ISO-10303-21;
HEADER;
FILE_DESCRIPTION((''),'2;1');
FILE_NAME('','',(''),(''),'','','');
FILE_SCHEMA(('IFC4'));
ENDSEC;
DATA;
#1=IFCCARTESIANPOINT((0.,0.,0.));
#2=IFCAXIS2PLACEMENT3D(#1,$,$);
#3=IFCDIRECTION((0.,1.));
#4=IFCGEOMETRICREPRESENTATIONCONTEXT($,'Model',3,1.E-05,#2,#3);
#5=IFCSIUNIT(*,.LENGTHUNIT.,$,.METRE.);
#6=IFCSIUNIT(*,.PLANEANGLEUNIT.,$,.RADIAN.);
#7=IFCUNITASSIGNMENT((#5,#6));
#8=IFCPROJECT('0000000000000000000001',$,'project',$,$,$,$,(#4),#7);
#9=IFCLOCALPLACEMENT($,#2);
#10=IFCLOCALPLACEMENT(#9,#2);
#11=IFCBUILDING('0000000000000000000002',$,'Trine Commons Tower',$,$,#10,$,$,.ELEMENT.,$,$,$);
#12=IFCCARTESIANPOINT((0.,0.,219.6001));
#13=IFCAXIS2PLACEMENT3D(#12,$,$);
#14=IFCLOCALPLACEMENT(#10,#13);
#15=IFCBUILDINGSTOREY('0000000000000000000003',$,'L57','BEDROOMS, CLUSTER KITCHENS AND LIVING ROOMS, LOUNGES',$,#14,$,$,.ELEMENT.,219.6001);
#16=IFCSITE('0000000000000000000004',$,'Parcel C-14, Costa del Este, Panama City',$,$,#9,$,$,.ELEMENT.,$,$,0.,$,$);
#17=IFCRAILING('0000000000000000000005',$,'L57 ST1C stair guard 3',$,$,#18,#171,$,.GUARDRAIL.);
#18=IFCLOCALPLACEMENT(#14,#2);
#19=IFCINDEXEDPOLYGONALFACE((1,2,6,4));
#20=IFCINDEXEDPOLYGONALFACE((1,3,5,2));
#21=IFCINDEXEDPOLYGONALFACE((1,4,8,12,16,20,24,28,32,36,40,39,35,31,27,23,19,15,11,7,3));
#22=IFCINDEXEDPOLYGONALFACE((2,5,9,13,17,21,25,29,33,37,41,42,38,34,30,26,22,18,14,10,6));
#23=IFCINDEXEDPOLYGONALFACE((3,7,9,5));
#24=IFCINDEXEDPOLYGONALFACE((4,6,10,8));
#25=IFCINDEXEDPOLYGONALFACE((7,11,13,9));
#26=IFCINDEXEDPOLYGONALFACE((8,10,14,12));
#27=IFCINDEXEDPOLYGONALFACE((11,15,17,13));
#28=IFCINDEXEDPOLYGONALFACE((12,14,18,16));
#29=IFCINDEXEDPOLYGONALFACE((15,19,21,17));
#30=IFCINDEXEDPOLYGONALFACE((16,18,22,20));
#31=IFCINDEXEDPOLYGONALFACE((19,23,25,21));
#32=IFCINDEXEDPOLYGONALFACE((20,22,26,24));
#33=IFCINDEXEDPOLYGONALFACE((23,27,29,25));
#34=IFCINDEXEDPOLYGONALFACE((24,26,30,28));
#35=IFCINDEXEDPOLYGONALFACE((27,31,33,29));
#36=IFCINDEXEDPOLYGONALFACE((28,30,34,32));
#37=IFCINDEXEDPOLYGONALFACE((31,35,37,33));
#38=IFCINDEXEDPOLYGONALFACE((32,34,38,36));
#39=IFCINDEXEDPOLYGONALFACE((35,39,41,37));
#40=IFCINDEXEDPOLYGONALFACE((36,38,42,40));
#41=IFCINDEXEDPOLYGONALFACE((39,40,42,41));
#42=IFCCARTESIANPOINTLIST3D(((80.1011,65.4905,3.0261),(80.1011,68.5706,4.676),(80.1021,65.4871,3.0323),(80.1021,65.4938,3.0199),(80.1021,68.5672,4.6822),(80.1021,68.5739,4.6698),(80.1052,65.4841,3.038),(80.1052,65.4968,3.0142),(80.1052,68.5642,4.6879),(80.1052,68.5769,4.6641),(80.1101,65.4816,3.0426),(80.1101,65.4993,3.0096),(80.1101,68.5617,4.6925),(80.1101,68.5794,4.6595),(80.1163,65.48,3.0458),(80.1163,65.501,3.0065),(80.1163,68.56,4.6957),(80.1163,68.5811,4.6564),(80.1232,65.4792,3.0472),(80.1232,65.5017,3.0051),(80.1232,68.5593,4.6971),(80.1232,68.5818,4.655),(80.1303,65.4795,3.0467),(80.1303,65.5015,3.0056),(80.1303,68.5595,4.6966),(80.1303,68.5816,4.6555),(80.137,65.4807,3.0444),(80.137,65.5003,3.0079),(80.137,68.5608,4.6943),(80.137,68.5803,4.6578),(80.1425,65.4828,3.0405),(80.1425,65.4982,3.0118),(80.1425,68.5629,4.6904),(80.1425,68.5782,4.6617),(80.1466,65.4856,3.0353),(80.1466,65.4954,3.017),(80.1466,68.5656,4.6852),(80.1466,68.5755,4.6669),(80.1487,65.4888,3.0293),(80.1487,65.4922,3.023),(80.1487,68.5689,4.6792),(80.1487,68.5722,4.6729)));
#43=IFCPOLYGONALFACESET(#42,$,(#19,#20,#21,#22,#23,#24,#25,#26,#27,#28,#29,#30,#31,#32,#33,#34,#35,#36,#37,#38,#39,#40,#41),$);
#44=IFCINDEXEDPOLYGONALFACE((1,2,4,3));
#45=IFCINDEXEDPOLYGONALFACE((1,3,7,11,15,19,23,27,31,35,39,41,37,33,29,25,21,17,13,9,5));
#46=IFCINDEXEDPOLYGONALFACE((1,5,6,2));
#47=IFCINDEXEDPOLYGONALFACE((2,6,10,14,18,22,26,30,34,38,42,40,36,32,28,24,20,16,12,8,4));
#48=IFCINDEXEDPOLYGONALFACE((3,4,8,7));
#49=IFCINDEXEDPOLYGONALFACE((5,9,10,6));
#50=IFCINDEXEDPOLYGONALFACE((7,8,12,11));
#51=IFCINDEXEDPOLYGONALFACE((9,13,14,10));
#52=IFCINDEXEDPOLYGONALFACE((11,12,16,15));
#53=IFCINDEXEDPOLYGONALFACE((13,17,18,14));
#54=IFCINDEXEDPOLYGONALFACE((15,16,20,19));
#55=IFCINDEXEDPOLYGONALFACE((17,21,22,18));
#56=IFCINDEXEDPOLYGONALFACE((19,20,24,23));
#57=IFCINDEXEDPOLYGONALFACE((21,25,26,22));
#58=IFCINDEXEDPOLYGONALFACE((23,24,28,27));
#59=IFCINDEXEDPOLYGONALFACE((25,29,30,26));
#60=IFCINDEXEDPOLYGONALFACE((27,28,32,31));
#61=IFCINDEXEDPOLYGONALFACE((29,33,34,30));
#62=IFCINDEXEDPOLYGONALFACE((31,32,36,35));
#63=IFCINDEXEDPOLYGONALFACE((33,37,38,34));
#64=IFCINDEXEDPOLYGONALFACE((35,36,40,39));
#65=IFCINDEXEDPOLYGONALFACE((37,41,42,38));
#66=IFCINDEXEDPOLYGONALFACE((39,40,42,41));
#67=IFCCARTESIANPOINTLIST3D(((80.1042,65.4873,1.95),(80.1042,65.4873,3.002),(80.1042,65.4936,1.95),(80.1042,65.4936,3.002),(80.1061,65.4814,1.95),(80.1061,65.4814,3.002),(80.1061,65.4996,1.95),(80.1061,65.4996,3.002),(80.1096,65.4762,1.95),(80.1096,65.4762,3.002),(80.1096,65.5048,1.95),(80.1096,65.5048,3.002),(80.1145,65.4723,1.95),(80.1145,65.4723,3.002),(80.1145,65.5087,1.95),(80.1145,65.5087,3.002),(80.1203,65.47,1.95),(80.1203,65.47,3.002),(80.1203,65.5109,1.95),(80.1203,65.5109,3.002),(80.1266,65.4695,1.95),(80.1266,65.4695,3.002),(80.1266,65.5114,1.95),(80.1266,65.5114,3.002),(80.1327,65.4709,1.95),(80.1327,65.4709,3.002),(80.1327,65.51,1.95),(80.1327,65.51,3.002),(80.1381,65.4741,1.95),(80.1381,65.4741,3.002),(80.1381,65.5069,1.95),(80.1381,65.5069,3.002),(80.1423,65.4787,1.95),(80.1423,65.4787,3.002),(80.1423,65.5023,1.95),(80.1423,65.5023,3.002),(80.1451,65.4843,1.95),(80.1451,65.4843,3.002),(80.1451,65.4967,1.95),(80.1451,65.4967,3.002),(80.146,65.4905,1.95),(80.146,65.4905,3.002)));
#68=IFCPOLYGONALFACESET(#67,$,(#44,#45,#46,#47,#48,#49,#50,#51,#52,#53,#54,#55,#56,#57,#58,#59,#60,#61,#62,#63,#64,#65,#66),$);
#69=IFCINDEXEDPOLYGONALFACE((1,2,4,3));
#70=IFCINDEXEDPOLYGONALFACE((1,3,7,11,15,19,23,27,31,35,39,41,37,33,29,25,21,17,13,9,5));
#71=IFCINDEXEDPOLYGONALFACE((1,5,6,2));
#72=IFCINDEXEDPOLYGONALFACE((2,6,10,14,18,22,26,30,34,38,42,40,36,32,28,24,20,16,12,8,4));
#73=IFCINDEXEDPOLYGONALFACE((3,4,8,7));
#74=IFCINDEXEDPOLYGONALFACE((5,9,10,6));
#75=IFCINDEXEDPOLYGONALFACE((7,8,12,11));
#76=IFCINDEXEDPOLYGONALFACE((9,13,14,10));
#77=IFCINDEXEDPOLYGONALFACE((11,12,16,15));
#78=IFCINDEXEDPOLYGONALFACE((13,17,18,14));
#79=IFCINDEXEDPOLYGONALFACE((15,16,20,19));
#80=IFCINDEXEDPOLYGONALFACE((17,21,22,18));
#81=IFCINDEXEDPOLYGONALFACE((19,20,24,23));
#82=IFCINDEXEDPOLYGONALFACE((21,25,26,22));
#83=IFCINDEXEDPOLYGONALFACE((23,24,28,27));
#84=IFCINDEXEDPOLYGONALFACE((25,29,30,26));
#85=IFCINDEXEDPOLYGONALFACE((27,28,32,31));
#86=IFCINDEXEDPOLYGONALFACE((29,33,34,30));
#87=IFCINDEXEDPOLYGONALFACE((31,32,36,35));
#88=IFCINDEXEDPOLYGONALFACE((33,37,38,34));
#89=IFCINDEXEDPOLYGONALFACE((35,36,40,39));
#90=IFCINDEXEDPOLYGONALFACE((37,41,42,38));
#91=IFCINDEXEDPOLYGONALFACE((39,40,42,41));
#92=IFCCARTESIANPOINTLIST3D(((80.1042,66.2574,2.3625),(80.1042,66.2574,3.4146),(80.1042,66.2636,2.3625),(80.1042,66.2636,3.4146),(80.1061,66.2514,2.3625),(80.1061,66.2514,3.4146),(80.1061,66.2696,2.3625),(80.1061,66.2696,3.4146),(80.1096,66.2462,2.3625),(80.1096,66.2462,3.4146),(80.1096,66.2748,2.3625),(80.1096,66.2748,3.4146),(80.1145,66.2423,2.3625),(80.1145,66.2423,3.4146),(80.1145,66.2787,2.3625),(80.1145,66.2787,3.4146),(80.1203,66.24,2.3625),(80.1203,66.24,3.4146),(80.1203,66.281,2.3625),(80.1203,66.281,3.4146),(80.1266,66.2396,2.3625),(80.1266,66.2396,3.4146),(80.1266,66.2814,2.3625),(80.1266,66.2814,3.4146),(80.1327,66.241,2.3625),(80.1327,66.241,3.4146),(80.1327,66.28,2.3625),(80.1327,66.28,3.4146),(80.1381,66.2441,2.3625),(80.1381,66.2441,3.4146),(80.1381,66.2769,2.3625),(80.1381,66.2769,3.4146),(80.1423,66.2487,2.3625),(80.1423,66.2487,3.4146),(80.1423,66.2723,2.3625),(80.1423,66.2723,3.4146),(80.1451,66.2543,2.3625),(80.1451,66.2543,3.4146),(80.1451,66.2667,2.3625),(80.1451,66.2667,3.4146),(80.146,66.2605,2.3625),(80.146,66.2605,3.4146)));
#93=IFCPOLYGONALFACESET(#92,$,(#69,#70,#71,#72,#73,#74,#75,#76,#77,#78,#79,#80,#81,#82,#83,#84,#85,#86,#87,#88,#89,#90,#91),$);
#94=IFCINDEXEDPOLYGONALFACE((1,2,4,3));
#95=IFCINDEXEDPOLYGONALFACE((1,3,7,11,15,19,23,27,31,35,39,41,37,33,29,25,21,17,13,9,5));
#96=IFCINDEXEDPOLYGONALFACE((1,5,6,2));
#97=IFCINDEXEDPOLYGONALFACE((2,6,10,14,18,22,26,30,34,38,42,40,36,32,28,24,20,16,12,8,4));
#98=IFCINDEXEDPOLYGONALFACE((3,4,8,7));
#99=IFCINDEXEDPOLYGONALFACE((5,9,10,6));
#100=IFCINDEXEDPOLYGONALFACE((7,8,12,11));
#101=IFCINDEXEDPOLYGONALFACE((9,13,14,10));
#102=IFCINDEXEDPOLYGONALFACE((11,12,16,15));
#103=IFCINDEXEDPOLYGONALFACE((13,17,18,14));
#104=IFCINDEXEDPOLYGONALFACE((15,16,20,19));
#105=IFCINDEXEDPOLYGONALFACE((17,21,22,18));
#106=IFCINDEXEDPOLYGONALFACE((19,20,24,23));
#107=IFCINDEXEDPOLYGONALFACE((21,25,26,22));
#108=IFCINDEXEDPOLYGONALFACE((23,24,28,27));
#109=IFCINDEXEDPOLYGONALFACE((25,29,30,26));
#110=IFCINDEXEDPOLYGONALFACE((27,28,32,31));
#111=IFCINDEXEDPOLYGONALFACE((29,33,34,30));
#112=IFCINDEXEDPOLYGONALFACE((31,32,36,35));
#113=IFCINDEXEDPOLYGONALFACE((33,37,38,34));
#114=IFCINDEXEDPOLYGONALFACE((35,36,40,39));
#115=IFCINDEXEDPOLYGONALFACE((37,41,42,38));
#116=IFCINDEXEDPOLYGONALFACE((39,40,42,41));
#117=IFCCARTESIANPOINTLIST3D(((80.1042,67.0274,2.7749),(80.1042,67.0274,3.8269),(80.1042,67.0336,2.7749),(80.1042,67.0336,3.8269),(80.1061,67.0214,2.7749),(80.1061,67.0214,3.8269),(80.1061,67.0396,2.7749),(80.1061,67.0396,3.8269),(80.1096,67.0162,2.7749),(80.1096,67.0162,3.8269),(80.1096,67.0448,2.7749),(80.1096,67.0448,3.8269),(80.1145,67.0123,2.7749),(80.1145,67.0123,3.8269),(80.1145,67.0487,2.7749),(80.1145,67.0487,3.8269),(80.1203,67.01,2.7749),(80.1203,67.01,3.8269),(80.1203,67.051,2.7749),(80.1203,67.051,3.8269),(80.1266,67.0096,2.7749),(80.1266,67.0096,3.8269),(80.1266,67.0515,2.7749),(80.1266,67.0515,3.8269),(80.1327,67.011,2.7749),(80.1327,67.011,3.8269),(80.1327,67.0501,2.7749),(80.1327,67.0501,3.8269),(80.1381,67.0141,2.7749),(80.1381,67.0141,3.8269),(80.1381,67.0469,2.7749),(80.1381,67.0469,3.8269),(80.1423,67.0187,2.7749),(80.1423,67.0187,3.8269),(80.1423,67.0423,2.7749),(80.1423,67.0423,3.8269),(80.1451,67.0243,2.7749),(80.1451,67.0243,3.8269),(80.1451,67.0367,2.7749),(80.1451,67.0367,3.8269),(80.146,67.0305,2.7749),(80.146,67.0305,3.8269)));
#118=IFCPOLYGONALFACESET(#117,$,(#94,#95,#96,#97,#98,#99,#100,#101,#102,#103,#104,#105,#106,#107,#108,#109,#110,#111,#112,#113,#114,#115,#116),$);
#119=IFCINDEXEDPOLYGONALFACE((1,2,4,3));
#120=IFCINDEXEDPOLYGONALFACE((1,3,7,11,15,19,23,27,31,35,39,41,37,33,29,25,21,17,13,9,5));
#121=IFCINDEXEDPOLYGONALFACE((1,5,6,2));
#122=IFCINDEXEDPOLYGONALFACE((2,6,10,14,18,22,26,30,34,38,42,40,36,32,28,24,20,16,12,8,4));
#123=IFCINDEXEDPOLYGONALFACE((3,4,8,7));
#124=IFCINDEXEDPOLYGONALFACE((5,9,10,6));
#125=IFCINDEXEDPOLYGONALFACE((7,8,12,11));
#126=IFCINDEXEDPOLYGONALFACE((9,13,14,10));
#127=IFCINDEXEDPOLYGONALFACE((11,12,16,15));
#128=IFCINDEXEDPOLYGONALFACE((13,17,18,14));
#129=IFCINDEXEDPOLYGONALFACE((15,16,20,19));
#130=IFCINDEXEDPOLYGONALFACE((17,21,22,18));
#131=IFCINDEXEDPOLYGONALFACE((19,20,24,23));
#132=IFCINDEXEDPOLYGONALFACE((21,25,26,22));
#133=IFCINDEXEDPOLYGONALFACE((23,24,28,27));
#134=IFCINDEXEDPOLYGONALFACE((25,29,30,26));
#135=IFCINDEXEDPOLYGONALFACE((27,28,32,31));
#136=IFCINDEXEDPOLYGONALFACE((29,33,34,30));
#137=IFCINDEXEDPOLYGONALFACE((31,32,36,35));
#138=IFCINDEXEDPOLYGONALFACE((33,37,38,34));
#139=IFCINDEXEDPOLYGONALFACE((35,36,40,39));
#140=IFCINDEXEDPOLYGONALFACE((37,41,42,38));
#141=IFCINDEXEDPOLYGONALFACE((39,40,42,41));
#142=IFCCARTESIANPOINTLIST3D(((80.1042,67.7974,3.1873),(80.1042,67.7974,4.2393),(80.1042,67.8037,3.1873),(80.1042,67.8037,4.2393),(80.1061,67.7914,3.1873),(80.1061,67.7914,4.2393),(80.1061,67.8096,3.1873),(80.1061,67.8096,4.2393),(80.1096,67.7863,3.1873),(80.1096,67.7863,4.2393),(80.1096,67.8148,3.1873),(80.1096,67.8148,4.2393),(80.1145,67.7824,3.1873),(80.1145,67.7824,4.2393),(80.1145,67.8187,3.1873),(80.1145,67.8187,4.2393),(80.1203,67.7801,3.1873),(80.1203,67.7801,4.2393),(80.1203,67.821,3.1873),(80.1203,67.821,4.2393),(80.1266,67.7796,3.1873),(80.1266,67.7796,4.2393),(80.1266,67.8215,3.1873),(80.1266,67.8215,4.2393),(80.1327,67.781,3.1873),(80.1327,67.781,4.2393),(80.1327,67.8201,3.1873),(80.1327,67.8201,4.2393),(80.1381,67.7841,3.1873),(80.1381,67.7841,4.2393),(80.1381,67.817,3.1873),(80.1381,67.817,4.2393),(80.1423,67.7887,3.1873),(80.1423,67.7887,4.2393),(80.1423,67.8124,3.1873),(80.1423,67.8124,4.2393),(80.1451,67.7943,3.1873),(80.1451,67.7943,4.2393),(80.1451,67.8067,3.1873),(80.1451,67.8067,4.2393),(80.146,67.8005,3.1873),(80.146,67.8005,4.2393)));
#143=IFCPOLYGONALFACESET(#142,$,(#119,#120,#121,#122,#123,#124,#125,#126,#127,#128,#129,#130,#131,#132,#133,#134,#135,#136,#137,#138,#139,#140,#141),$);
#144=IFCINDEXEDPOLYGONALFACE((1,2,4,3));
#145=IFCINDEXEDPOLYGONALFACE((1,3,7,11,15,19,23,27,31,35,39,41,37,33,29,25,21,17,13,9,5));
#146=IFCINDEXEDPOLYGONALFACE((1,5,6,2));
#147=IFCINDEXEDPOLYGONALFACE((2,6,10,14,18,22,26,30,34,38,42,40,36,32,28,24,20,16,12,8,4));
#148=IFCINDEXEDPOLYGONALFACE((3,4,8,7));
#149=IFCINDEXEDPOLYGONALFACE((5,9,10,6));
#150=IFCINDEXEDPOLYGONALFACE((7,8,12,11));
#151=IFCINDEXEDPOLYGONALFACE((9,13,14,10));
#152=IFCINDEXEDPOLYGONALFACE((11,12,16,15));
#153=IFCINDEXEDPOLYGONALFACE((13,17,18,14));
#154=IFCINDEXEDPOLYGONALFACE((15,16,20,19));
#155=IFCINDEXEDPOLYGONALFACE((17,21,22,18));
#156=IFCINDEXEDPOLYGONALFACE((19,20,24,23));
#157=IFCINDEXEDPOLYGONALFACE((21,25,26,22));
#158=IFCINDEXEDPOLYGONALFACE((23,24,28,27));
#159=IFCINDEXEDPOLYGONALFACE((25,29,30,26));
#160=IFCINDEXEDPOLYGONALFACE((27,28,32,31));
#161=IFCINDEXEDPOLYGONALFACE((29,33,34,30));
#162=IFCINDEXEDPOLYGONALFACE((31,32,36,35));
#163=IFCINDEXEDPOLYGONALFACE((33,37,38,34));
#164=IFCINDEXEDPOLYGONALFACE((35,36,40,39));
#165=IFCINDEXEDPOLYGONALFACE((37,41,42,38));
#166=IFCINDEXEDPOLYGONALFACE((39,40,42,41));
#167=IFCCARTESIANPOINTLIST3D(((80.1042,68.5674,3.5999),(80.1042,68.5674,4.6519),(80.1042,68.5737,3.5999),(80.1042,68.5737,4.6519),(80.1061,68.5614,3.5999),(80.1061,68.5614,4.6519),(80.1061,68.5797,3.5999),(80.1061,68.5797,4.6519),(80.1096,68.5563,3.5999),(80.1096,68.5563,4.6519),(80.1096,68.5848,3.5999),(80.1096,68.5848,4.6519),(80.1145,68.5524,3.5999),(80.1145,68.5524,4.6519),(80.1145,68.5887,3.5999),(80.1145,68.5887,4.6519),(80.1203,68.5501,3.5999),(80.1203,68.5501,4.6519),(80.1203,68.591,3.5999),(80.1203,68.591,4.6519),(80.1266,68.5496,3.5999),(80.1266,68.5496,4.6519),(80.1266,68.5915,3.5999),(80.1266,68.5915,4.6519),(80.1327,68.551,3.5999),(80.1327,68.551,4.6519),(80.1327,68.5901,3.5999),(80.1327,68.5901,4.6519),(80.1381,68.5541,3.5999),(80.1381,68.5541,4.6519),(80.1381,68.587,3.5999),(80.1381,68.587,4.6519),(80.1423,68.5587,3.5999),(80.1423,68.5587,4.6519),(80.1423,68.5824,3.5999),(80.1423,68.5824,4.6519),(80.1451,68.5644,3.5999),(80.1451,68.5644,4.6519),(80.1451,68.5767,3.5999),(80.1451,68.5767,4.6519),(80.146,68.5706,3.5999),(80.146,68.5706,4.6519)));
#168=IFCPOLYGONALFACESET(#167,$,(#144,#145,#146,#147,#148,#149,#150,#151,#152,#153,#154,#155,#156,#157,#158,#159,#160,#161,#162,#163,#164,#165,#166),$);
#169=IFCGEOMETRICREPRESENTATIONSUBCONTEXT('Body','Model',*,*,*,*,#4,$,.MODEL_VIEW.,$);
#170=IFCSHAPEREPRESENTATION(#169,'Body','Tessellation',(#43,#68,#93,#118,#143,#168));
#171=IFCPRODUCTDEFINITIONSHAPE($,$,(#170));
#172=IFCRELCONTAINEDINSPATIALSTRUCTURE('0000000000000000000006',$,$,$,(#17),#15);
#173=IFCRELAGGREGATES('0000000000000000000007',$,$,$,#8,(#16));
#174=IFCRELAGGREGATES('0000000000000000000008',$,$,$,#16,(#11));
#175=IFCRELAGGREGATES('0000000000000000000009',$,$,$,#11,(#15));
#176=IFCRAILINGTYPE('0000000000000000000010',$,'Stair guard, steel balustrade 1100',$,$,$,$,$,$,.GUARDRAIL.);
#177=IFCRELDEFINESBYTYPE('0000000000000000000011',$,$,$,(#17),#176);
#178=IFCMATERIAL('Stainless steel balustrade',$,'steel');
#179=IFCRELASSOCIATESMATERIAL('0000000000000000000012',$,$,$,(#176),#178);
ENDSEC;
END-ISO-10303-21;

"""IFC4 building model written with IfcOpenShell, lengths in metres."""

from ifc_helpers import new_model, si_unit, direction, frame, origin, origin_2d, place, context, subcontext, project, spatial, circle, extrude, material, type_object, element, save


model = new_model("IFC4")

# Units and contexts
model_context = context("Model", 3, precision=1e-05, world=origin(), true_north=direction((0.0, 1.0)))
body_context = subcontext(model_context, "Body", "Model", "MODEL_VIEW")
ifc_project = project(units=[si_unit("LENGTHUNIT", "METRE"), si_unit("PLANEANGLEUNIT", "RADIAN")], contexts=[model_context])

# Site, building, storey
site_placement = place(None, origin())
site = spatial("IfcSite", under=ifc_project, at=site_placement, Name="Parcel C-14, Costa del Este, Panama City", CompositionType="ELEMENT", RefElevation=0.0)
building_placement = place(site_placement, origin())
building = spatial("IfcBuilding", under=site, at=building_placement, Name="Trine Commons Tower", CompositionType="ELEMENT")
storey_placement = place(building_placement, frame((0.0, 0.0, 219.6001)))
storey = spatial("IfcBuildingStorey", under=building, at=storey_placement, Name="L57", Description="BEDROOMS, CLUSTER KITCHENS AND LIVING ROOMS, LOUNGES", CompositionType="ELEMENT", Elevation=219.6001)

# Railing
ifc_material_1 = material(Name="Stainless steel balustrade", Category="steel")
railing_type_1 = type_object("IfcRailingType", Name="Stair guard, steel balustrade 1100", PredefinedType="GUARDRAIL", material=ifc_material_1)
railing_1_placement = place(storey_placement, frame((80.125, 65.4905, 1.95)))
element("IfcRailing", 1, at=railing_1_placement, inside=storey, type_object=railing_type_1, Name="L57 ST1C stair guard 3", PredefinedType="GUARDRAIL", context=body_context, shape_type="SweptSolid", body=[
    extrude(circle(Radius=0.0239, at=origin_2d()), frame((0.0, 0.0, 1.0762), z_axis=(0.0, 0.881497, 0.47219), x_axis=(-1.0, 0.0, 0.0)), (0.0, 0.0, 1.0), 3.4941),
    extrude(circle(Radius=0.021, at=origin_2d()), origin(), (0.0, 0.0, 1.0), 1.052),
    extrude(circle(Radius=0.021, at=origin_2d()), frame((0.0, 0.77, 0.4126)), (0.0, 0.0, 1.0), 1.052),
    extrude(circle(Radius=0.021, at=origin_2d()), frame((0.0, 1.54, 0.825)), (0.0, 0.0, 1.0), 1.052),
    extrude(circle(Radius=0.021, at=origin_2d()), frame((0.0, 2.3101, 1.2373)), (0.0, 0.0, 1.0), 1.052),
    extrude(circle(Radius=0.021, at=origin_2d()), frame((0.0, 3.0801, 1.6499)), (0.0, 0.0, 1.0), 1.052),
])

save(model, "model.ifc")
